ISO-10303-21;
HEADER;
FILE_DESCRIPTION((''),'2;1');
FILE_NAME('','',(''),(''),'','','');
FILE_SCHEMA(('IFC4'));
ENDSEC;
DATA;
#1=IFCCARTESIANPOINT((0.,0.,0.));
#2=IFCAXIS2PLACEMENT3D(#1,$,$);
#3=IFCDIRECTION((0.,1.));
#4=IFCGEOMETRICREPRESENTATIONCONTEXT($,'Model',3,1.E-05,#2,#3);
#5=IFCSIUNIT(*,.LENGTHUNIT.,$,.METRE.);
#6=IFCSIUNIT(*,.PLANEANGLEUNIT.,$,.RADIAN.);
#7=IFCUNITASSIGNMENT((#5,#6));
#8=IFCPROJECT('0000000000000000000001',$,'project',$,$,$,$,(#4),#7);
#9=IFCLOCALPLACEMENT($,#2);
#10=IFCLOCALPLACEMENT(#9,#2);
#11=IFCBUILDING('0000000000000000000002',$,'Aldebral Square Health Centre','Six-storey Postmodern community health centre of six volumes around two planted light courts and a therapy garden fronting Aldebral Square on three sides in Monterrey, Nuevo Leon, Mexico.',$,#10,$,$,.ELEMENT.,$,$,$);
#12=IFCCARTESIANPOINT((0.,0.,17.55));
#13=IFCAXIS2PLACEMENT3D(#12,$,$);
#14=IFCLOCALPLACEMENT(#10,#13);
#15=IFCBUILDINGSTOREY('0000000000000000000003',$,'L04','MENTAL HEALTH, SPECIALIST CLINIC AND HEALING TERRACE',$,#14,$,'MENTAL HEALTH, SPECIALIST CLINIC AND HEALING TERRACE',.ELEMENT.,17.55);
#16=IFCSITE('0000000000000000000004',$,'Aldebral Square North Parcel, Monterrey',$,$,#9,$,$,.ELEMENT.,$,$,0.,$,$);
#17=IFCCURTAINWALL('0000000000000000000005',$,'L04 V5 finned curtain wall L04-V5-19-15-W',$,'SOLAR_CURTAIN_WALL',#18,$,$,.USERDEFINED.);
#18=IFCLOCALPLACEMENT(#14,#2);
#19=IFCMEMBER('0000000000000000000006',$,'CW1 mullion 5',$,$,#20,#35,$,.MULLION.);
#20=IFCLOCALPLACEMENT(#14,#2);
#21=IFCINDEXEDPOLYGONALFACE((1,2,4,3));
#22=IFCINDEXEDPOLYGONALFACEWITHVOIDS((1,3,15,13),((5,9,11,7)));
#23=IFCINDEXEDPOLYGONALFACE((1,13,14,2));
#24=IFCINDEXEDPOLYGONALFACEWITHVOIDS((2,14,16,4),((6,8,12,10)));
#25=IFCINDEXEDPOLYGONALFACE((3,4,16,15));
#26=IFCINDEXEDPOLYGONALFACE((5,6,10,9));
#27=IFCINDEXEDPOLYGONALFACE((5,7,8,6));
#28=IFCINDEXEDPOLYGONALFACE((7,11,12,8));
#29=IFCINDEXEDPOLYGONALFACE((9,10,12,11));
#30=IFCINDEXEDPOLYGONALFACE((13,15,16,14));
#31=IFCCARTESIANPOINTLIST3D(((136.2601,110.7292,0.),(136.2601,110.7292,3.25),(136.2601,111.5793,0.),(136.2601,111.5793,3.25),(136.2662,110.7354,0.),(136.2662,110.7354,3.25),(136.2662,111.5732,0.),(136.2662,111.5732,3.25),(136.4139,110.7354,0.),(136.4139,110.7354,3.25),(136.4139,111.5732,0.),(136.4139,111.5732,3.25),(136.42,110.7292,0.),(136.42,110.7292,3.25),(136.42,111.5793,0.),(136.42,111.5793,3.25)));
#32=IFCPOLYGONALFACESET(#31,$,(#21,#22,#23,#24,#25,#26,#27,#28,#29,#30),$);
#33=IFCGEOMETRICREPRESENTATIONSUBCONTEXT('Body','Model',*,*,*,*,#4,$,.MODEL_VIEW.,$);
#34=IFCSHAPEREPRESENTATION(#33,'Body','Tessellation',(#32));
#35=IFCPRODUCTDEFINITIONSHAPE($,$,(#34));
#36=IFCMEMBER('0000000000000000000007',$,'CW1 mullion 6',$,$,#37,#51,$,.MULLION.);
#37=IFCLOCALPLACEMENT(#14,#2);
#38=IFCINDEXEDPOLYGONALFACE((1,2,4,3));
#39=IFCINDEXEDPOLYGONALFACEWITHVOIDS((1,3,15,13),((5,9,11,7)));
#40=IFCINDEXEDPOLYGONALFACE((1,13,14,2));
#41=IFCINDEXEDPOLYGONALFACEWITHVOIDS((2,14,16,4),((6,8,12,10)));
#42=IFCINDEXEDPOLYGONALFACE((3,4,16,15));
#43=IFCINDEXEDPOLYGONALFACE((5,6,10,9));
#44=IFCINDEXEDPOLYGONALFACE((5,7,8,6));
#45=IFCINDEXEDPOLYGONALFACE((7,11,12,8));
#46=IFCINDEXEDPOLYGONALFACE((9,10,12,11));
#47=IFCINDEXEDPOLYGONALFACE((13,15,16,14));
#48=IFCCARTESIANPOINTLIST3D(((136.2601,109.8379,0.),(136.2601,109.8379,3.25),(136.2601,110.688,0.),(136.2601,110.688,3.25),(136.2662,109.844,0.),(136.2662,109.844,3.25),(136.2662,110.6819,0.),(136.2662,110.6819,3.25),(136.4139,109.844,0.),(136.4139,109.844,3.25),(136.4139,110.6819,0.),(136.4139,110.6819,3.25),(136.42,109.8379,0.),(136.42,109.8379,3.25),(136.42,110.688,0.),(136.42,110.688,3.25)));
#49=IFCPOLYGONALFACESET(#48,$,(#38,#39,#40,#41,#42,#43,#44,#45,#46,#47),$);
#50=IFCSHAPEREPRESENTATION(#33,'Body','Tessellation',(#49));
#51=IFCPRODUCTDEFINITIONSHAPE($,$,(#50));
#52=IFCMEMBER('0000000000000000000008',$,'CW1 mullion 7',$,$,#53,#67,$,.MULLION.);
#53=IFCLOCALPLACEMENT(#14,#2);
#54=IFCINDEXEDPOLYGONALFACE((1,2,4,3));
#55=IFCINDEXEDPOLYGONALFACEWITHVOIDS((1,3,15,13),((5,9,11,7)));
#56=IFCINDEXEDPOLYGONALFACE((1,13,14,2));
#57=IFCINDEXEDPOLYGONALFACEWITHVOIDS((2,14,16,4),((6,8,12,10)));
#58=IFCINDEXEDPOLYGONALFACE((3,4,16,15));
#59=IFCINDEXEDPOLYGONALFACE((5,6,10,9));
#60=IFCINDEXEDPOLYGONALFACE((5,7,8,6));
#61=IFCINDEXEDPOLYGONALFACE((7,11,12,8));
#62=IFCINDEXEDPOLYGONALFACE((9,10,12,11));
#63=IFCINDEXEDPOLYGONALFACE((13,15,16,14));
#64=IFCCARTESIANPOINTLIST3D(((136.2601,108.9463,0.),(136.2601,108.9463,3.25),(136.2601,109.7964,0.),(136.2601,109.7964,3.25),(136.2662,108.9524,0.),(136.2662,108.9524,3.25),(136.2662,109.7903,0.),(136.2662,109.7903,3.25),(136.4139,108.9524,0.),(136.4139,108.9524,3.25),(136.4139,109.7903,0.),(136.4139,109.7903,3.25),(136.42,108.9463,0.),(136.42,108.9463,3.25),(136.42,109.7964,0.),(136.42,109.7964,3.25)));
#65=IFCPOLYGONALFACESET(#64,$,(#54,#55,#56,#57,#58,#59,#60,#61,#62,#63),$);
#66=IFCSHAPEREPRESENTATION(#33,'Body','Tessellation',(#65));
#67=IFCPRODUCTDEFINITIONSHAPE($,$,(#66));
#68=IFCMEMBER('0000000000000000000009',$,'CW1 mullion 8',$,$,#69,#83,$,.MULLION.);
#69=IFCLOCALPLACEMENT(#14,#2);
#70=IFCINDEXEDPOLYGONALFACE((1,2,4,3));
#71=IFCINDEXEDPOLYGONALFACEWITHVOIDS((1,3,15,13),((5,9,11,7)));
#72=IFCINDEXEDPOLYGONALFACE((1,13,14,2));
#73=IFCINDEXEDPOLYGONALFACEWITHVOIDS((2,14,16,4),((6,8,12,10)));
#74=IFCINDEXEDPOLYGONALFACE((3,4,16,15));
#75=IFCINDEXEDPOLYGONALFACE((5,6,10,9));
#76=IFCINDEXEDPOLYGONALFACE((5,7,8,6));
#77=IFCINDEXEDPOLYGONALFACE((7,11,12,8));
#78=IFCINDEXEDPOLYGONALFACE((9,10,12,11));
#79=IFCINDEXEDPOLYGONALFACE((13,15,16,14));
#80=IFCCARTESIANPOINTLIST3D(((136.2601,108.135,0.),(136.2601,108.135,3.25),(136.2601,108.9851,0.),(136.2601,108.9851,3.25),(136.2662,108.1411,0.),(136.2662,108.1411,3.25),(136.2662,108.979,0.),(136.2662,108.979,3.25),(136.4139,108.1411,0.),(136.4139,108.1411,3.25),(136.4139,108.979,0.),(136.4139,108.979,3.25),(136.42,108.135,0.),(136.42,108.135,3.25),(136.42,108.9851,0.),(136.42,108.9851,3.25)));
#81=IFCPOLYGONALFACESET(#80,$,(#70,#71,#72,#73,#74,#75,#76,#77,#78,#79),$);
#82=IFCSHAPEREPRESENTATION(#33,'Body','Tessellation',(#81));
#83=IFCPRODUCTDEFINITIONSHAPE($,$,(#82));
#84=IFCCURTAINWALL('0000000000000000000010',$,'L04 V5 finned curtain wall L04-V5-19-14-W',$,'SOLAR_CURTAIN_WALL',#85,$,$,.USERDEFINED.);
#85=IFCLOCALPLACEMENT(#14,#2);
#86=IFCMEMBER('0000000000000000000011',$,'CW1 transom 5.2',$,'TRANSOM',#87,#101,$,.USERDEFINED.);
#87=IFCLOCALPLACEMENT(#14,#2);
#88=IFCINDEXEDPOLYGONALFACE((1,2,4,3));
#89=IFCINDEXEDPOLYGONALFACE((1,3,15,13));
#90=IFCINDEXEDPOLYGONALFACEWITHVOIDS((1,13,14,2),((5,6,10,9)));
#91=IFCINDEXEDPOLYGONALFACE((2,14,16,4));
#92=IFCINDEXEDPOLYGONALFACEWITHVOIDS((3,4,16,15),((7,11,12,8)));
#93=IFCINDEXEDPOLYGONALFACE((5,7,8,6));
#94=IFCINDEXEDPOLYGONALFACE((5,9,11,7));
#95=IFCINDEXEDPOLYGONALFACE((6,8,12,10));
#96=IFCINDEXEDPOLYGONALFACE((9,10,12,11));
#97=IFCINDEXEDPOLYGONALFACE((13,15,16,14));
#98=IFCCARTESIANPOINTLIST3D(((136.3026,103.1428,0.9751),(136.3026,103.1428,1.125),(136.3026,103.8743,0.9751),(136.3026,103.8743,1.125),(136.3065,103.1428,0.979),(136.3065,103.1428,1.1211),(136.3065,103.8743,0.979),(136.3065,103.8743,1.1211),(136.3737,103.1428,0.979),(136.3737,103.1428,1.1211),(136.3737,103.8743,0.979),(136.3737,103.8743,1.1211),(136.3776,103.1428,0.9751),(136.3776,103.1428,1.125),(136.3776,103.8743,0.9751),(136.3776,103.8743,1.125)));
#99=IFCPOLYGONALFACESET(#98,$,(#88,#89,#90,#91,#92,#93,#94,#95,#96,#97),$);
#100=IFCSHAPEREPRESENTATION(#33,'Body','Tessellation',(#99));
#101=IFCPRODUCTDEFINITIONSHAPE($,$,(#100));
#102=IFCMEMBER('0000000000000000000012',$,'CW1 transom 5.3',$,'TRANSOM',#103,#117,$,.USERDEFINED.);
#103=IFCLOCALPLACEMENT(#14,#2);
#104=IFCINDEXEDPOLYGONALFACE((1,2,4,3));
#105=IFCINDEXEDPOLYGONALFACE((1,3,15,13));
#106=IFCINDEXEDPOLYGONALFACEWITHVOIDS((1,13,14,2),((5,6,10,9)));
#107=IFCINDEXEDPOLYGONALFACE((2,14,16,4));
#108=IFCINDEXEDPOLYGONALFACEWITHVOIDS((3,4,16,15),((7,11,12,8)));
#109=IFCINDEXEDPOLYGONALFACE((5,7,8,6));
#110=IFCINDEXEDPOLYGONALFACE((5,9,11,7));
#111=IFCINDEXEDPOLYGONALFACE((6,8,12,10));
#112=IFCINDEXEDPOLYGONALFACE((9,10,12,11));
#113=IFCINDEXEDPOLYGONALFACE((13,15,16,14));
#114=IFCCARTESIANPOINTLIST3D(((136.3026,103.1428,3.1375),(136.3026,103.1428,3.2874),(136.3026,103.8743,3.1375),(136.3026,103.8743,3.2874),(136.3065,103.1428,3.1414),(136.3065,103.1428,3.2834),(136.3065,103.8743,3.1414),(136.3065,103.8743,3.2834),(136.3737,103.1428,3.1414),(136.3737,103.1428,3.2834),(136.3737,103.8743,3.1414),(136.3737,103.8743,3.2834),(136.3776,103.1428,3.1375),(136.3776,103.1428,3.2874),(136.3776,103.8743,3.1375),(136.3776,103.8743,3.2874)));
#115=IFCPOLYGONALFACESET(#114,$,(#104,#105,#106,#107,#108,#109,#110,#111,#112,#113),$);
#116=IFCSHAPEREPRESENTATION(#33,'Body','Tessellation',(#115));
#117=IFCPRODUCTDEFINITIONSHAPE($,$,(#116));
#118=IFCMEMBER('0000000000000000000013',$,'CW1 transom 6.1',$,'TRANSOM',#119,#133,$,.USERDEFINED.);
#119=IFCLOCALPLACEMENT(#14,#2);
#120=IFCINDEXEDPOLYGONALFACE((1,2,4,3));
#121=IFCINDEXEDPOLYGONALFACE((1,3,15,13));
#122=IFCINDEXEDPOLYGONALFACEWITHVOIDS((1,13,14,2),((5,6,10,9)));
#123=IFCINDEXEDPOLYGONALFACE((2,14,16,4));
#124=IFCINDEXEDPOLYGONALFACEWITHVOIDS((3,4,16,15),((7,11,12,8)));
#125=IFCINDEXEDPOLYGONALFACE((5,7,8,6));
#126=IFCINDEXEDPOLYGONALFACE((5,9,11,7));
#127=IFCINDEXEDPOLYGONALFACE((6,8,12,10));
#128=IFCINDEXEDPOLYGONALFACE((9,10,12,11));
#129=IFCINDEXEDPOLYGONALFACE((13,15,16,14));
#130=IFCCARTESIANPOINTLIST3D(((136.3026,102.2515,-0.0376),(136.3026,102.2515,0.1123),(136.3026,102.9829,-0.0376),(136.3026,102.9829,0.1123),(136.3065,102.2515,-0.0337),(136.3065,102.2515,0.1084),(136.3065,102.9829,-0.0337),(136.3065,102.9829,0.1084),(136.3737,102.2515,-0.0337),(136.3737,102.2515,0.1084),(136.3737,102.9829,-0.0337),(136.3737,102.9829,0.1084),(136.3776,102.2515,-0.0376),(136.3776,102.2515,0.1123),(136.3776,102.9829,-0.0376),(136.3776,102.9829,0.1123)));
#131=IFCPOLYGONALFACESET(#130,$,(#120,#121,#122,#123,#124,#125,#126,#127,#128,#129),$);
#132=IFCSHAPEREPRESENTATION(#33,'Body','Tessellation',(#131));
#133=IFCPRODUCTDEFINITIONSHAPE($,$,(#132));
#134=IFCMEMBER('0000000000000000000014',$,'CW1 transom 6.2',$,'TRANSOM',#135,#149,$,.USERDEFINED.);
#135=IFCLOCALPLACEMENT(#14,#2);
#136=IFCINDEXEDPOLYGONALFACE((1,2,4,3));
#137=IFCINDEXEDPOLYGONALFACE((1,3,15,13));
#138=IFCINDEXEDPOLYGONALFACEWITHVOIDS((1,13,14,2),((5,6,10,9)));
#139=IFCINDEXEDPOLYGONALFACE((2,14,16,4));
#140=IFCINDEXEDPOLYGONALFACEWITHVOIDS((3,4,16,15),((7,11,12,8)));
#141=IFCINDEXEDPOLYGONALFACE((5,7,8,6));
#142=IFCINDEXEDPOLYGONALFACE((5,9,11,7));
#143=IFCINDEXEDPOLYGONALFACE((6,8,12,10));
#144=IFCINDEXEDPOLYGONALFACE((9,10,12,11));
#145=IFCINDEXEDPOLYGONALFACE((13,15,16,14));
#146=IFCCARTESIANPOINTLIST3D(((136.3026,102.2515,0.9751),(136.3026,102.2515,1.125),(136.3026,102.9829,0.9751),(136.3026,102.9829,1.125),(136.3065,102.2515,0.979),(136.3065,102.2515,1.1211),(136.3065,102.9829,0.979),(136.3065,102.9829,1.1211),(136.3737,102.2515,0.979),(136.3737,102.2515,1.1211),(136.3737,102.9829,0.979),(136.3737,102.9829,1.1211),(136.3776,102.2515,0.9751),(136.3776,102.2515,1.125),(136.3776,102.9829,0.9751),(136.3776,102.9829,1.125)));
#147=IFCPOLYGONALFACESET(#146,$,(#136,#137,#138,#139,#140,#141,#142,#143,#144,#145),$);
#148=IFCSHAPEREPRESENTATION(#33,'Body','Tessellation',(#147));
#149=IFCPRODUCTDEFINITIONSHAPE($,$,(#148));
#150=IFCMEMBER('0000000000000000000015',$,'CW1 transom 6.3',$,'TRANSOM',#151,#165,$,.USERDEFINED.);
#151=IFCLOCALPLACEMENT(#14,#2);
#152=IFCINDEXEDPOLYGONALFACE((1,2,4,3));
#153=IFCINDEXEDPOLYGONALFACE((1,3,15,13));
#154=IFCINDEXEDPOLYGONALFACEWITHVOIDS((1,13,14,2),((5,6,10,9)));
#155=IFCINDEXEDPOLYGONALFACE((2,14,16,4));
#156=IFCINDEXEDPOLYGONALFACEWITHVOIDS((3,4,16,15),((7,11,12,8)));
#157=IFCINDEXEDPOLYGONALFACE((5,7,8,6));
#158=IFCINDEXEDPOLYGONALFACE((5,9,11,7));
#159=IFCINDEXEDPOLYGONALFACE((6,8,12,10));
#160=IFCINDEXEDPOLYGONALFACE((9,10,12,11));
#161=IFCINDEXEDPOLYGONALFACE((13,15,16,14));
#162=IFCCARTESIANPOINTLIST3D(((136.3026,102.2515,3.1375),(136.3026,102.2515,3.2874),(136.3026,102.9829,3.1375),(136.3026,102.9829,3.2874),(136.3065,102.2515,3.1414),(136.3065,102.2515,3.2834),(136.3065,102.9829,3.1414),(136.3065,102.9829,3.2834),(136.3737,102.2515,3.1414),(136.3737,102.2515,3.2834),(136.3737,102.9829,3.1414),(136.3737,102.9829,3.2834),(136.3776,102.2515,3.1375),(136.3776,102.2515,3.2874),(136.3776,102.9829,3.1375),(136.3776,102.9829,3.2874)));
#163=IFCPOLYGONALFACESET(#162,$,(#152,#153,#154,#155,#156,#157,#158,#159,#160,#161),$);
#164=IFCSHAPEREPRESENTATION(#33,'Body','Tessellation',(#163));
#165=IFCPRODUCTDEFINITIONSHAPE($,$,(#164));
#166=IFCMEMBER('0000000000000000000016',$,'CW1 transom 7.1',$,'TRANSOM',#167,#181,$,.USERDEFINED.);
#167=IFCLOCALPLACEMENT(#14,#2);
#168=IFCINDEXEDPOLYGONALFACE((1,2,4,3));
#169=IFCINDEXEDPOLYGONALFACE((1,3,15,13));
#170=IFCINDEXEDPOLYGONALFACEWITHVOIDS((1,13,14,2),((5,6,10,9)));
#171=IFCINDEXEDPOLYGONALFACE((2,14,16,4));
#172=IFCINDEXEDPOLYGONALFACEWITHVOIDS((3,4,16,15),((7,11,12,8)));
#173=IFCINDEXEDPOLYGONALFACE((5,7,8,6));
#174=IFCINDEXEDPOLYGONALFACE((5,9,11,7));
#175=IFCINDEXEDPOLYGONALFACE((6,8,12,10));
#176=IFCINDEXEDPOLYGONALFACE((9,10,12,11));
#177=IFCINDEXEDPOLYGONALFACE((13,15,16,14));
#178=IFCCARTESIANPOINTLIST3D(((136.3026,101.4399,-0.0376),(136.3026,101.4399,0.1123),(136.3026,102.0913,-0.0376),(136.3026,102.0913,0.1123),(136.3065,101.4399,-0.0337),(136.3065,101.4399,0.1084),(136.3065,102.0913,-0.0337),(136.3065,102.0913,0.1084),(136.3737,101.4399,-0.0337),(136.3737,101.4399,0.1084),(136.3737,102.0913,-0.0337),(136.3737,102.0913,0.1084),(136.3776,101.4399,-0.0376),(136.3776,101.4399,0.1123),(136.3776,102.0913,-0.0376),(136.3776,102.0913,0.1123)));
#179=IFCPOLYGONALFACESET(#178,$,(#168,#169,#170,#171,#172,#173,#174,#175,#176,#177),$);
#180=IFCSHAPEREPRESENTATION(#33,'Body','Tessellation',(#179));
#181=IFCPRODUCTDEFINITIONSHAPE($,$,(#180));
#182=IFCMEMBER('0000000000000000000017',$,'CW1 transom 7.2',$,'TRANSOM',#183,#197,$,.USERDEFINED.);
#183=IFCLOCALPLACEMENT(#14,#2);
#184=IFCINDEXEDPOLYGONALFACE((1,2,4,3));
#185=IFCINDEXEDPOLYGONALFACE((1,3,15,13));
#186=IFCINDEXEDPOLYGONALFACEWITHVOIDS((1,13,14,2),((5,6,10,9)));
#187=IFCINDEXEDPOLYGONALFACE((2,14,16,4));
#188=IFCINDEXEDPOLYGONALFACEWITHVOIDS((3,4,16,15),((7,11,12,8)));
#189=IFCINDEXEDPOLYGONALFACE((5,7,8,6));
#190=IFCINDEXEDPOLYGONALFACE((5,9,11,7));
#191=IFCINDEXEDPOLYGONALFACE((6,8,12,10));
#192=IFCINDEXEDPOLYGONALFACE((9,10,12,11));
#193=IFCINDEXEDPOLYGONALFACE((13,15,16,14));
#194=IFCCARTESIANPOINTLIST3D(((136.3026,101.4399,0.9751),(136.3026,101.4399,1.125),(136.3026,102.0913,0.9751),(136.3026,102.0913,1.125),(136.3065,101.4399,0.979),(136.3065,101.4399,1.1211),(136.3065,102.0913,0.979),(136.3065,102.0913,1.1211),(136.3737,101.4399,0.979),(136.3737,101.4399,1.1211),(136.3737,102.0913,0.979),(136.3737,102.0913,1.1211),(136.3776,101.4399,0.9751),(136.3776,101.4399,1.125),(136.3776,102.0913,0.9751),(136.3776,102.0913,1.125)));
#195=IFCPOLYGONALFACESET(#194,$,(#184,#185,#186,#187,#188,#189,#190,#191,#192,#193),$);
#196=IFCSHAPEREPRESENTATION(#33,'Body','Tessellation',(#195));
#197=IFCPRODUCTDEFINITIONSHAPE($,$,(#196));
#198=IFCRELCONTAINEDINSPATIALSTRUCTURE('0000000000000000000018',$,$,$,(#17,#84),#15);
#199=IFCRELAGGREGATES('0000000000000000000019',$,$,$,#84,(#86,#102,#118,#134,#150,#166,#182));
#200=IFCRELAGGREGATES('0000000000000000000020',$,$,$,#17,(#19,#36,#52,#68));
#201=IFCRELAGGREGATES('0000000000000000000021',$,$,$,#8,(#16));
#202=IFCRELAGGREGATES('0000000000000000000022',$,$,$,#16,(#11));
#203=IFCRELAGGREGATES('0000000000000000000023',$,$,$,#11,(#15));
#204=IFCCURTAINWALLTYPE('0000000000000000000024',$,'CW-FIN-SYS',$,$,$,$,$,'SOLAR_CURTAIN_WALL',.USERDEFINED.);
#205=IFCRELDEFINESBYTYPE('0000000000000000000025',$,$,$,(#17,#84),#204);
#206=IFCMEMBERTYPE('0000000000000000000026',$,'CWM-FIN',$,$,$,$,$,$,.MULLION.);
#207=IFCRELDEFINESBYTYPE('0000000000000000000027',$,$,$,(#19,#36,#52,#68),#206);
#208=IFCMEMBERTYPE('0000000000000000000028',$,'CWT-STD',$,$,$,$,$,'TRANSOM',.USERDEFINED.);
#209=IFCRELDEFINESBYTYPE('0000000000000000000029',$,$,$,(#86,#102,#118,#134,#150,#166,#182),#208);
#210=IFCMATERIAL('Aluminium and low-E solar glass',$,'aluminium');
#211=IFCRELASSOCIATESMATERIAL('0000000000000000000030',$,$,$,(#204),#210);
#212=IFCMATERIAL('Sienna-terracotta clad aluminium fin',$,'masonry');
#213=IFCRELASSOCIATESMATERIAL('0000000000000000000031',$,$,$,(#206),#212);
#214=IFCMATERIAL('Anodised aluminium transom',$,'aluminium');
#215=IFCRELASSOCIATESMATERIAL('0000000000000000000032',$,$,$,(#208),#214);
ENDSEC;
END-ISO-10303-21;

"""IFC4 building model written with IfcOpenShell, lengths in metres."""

from ifc_helpers import new_model, si_unit, direction, frame, origin, origin_2d, place, context, subcontext, project, spatial, hollow_rectangle, extrude, material, material_profile, profile_set, type_object, element, aggregate, save


model = new_model("IFC4")

# Units and contexts
model_context = context("Model", 3, precision=1e-05, world=origin(), true_north=direction((0.0, 1.0)))
body_context = subcontext(model_context, "Body", "Model", "MODEL_VIEW")
ifc_project = project(units=[si_unit("LENGTHUNIT", "METRE"), si_unit("PLANEANGLEUNIT", "RADIAN")], contexts=[model_context])

# Site, building, storey
site_placement = place(None, origin())
site = spatial("IfcSite", under=ifc_project, at=site_placement, Name="Aldebral Square North Parcel, Monterrey", CompositionType="ELEMENT", RefElevation=0.0)
building_placement = place(site_placement, origin())
building = spatial("IfcBuilding", under=site, at=building_placement, Name="Aldebral Square Health Centre", Description="Six-storey Postmodern community health centre of six volumes around two planted light courts and a therapy garden fronting Aldebral Square on three sides in Monterrey, Nuevo Leon, Mexico.", CompositionType="ELEMENT")
storey_placement = place(building_placement, frame((0.0, 0.0, 17.55)))
storey = spatial("IfcBuildingStorey", under=building, at=storey_placement, Name="L04", Description="MENTAL HEALTH, SPECIALIST CLINIC AND HEALING TERRACE", LongName="MENTAL HEALTH, SPECIALIST CLINIC AND HEALING TERRACE", CompositionType="ELEMENT", Elevation=17.55)

# Curtain walls, members
ifc_material_1 = material(Name="Aluminium and low-E solar glass", Category="aluminium")
curtain_wall_type = type_object("IfcCurtainWallType", Name="CW-FIN-SYS", ElementType="SOLAR_CURTAIN_WALL", PredefinedType="USERDEFINED", material=ifc_material_1)
curtain_wall_1_placement = place(storey_placement, origin())
curtain_wall_1 = element("IfcCurtainWall", 1, at=curtain_wall_1_placement, inside=storey, type_object=curtain_wall_type, Name="L04 V5 finned curtain wall L04-V5-19-15-W", ObjectType="SOLAR_CURTAIN_WALL", PredefinedType="USERDEFINED")
ifc_material_2 = material(Name="Sienna-terracotta clad aluminium fin", Category="masonry")
ifc_material_profile_1 = material_profile(ifc_material_2, hollow_rectangle(XDim=0.1599, YDim=0.8501, WallThickness=0.0061, at=origin_2d()), Name="FIN 160x850x6")
ifc_profile_set_1 = profile_set([ifc_material_profile_1], Name="Sienna-terracotta clad aluminium fin")
member_type_1 = type_object("IfcMemberType", Name="CWM-FIN", PredefinedType="MULLION", material=ifc_profile_set_1)
member_1_placement = place(storey_placement, frame((136.3401, 111.1543, 0.0), z_axis=(0.0, 0.0, 1.0), x_axis=(1.0, 0.0, 0.0)))
member_1 = element("IfcMember", 2, at=member_1_placement, type_object=member_type_1, Name="CW1 mullion 5", PredefinedType="MULLION", context=body_context, shape_type="SweptSolid", body=[
    extrude(hollow_rectangle(XDim=0.1599, YDim=0.8501, WallThickness=0.0061, at=origin_2d()), origin(), (0.0, 0.0, 1.0), 3.25),
])
member_2_placement = place(storey_placement, frame((136.3401, 110.2629, 0.0), z_axis=(0.0, 0.0, 1.0), x_axis=(1.0, 0.0, 0.0)))
member_2 = element("IfcMember", 3, at=member_2_placement, type_object=member_type_1, Name="CW1 mullion 6", PredefinedType="MULLION", context=body_context, shape_type="SweptSolid", body=[
    extrude(hollow_rectangle(XDim=0.1599, YDim=0.8501, WallThickness=0.0061, at=origin_2d()), origin(), (0.0, 0.0, 1.0), 3.25),
])
member_3_placement = place(storey_placement, frame((136.3401, 109.3713, 0.0), z_axis=(0.0, 0.0, 1.0), x_axis=(1.0, 0.0, 0.0)))
member_3 = element("IfcMember", 4, at=member_3_placement, type_object=member_type_1, Name="CW1 mullion 7", PredefinedType="MULLION", context=body_context, shape_type="SweptSolid", body=[
    extrude(hollow_rectangle(XDim=0.1599, YDim=0.8501, WallThickness=0.0061, at=origin_2d()), origin(), (0.0, 0.0, 1.0), 3.25),
])
member_4_placement = place(storey_placement, frame((136.3401, 108.5601, 0.0), z_axis=(0.0, 0.0, 1.0), x_axis=(1.0, 0.0, 0.0)))
member_4 = element("IfcMember", 5, at=member_4_placement, type_object=member_type_1, Name="CW1 mullion 8", PredefinedType="MULLION", context=body_context, shape_type="SweptSolid", body=[
    extrude(hollow_rectangle(XDim=0.1599, YDim=0.8501, WallThickness=0.0061, at=origin_2d()), origin(), (0.0, 0.0, 1.0), 3.25),
])
curtain_wall_2_placement = place(storey_placement, origin())
curtain_wall_2 = element("IfcCurtainWall", 6, at=curtain_wall_2_placement, inside=storey, type_object=curtain_wall_type, Name="L04 V5 finned curtain wall L04-V5-19-14-W", ObjectType="SOLAR_CURTAIN_WALL", PredefinedType="USERDEFINED")
ifc_material_3 = material(Name="Anodised aluminium transom", Category="aluminium")
ifc_material_profile_2 = material_profile(ifc_material_3, hollow_rectangle(XDim=0.075, YDim=0.1499, WallThickness=0.0039, at=origin_2d()), Name="CWT 75x150x4")
ifc_profile_set_2 = profile_set([ifc_material_profile_2], Name="Anodised aluminium transom")
member_type_2 = type_object("IfcMemberType", Name="CWT-STD", ElementType="TRANSOM", PredefinedType="USERDEFINED", material=ifc_profile_set_2)
member_5_placement = place(storey_placement, frame((136.3401, 103.8743, 1.05), z_axis=(0.0, -1.0, 0.0), x_axis=(1.0, 0.0, 0.0)))
member_5 = element("IfcMember", 7, at=member_5_placement, type_object=member_type_2, Name="CW1 transom 5.2", ObjectType="TRANSOM", PredefinedType="USERDEFINED", context=body_context, shape_type="SweptSolid", body=[
    extrude(hollow_rectangle(XDim=0.075, YDim=0.1499, WallThickness=0.0039, at=origin_2d()), origin(), (0.0, 0.0, 1.0), 0.7314),
])
member_6_placement = place(storey_placement, frame((136.3401, 103.8743, 3.2124), z_axis=(0.0, -1.0, 0.0), x_axis=(1.0, 0.0, 0.0)))
member_6 = element("IfcMember", 8, at=member_6_placement, type_object=member_type_2, Name="CW1 transom 5.3", ObjectType="TRANSOM", PredefinedType="USERDEFINED", context=body_context, shape_type="SweptSolid", body=[
    extrude(hollow_rectangle(XDim=0.075, YDim=0.1499, WallThickness=0.0039, at=origin_2d()), origin(), (0.0, 0.0, 1.0), 0.7314),
])
member_7_placement = place(storey_placement, frame((136.3401, 102.9829, 0.0374), z_axis=(0.0, -1.0, 0.0), x_axis=(1.0, 0.0, 0.0)))
member_7 = element("IfcMember", 9, at=member_7_placement, type_object=member_type_2, Name="CW1 transom 6.1", ObjectType="TRANSOM", PredefinedType="USERDEFINED", context=body_context, shape_type="SweptSolid", body=[
    extrude(hollow_rectangle(XDim=0.075, YDim=0.1499, WallThickness=0.0039, at=origin_2d()), origin(), (0.0, 0.0, 1.0), 0.7314),
])
member_8_placement = place(storey_placement, frame((136.3401, 102.9829, 1.05), z_axis=(0.0, -1.0, 0.0), x_axis=(1.0, 0.0, 0.0)))
member_8 = element("IfcMember", 10, at=member_8_placement, type_object=member_type_2, Name="CW1 transom 6.2", ObjectType="TRANSOM", PredefinedType="USERDEFINED", context=body_context, shape_type="SweptSolid", body=[
    extrude(hollow_rectangle(XDim=0.075, YDim=0.1499, WallThickness=0.0039, at=origin_2d()), origin(), (0.0, 0.0, 1.0), 0.7314),
])
member_9_placement = place(storey_placement, frame((136.3401, 102.9829, 3.2124), z_axis=(0.0, -1.0, 0.0), x_axis=(1.0, 0.0, 0.0)))
member_9 = element("IfcMember", 11, at=member_9_placement, type_object=member_type_2, Name="CW1 transom 6.3", ObjectType="TRANSOM", PredefinedType="USERDEFINED", context=body_context, shape_type="SweptSolid", body=[
    extrude(hollow_rectangle(XDim=0.075, YDim=0.1499, WallThickness=0.0039, at=origin_2d()), origin(), (0.0, 0.0, 1.0), 0.7314),
])
member_10_placement = place(storey_placement, frame((136.3401, 102.0913, 0.0374), z_axis=(0.0, -1.0, 0.0), x_axis=(1.0, 0.0, 0.0)))
member_10 = element("IfcMember", 12, at=member_10_placement, type_object=member_type_2, Name="CW1 transom 7.1", ObjectType="TRANSOM", PredefinedType="USERDEFINED", context=body_context, shape_type="SweptSolid", body=[
    extrude(hollow_rectangle(XDim=0.075, YDim=0.1499, WallThickness=0.0039, at=origin_2d()), origin(), (0.0, 0.0, 1.0), 0.6514),
])
member_11_placement = place(storey_placement, frame((136.3401, 102.0913, 1.05), z_axis=(0.0, -1.0, 0.0), x_axis=(1.0, 0.0, 0.0)))
member_11 = element("IfcMember", 13, at=member_11_placement, type_object=member_type_2, Name="CW1 transom 7.2", ObjectType="TRANSOM", PredefinedType="USERDEFINED", context=body_context, shape_type="SweptSolid", body=[
    extrude(hollow_rectangle(XDim=0.075, YDim=0.1499, WallThickness=0.0039, at=origin_2d()), origin(), (0.0, 0.0, 1.0), 0.6514),
])

aggregate(curtain_wall_2, [member_5, member_6, member_7, member_8, member_9, member_10, member_11])
aggregate(curtain_wall_1, [member_1, member_2, member_3, member_4])

save(model, "model.ifc")
